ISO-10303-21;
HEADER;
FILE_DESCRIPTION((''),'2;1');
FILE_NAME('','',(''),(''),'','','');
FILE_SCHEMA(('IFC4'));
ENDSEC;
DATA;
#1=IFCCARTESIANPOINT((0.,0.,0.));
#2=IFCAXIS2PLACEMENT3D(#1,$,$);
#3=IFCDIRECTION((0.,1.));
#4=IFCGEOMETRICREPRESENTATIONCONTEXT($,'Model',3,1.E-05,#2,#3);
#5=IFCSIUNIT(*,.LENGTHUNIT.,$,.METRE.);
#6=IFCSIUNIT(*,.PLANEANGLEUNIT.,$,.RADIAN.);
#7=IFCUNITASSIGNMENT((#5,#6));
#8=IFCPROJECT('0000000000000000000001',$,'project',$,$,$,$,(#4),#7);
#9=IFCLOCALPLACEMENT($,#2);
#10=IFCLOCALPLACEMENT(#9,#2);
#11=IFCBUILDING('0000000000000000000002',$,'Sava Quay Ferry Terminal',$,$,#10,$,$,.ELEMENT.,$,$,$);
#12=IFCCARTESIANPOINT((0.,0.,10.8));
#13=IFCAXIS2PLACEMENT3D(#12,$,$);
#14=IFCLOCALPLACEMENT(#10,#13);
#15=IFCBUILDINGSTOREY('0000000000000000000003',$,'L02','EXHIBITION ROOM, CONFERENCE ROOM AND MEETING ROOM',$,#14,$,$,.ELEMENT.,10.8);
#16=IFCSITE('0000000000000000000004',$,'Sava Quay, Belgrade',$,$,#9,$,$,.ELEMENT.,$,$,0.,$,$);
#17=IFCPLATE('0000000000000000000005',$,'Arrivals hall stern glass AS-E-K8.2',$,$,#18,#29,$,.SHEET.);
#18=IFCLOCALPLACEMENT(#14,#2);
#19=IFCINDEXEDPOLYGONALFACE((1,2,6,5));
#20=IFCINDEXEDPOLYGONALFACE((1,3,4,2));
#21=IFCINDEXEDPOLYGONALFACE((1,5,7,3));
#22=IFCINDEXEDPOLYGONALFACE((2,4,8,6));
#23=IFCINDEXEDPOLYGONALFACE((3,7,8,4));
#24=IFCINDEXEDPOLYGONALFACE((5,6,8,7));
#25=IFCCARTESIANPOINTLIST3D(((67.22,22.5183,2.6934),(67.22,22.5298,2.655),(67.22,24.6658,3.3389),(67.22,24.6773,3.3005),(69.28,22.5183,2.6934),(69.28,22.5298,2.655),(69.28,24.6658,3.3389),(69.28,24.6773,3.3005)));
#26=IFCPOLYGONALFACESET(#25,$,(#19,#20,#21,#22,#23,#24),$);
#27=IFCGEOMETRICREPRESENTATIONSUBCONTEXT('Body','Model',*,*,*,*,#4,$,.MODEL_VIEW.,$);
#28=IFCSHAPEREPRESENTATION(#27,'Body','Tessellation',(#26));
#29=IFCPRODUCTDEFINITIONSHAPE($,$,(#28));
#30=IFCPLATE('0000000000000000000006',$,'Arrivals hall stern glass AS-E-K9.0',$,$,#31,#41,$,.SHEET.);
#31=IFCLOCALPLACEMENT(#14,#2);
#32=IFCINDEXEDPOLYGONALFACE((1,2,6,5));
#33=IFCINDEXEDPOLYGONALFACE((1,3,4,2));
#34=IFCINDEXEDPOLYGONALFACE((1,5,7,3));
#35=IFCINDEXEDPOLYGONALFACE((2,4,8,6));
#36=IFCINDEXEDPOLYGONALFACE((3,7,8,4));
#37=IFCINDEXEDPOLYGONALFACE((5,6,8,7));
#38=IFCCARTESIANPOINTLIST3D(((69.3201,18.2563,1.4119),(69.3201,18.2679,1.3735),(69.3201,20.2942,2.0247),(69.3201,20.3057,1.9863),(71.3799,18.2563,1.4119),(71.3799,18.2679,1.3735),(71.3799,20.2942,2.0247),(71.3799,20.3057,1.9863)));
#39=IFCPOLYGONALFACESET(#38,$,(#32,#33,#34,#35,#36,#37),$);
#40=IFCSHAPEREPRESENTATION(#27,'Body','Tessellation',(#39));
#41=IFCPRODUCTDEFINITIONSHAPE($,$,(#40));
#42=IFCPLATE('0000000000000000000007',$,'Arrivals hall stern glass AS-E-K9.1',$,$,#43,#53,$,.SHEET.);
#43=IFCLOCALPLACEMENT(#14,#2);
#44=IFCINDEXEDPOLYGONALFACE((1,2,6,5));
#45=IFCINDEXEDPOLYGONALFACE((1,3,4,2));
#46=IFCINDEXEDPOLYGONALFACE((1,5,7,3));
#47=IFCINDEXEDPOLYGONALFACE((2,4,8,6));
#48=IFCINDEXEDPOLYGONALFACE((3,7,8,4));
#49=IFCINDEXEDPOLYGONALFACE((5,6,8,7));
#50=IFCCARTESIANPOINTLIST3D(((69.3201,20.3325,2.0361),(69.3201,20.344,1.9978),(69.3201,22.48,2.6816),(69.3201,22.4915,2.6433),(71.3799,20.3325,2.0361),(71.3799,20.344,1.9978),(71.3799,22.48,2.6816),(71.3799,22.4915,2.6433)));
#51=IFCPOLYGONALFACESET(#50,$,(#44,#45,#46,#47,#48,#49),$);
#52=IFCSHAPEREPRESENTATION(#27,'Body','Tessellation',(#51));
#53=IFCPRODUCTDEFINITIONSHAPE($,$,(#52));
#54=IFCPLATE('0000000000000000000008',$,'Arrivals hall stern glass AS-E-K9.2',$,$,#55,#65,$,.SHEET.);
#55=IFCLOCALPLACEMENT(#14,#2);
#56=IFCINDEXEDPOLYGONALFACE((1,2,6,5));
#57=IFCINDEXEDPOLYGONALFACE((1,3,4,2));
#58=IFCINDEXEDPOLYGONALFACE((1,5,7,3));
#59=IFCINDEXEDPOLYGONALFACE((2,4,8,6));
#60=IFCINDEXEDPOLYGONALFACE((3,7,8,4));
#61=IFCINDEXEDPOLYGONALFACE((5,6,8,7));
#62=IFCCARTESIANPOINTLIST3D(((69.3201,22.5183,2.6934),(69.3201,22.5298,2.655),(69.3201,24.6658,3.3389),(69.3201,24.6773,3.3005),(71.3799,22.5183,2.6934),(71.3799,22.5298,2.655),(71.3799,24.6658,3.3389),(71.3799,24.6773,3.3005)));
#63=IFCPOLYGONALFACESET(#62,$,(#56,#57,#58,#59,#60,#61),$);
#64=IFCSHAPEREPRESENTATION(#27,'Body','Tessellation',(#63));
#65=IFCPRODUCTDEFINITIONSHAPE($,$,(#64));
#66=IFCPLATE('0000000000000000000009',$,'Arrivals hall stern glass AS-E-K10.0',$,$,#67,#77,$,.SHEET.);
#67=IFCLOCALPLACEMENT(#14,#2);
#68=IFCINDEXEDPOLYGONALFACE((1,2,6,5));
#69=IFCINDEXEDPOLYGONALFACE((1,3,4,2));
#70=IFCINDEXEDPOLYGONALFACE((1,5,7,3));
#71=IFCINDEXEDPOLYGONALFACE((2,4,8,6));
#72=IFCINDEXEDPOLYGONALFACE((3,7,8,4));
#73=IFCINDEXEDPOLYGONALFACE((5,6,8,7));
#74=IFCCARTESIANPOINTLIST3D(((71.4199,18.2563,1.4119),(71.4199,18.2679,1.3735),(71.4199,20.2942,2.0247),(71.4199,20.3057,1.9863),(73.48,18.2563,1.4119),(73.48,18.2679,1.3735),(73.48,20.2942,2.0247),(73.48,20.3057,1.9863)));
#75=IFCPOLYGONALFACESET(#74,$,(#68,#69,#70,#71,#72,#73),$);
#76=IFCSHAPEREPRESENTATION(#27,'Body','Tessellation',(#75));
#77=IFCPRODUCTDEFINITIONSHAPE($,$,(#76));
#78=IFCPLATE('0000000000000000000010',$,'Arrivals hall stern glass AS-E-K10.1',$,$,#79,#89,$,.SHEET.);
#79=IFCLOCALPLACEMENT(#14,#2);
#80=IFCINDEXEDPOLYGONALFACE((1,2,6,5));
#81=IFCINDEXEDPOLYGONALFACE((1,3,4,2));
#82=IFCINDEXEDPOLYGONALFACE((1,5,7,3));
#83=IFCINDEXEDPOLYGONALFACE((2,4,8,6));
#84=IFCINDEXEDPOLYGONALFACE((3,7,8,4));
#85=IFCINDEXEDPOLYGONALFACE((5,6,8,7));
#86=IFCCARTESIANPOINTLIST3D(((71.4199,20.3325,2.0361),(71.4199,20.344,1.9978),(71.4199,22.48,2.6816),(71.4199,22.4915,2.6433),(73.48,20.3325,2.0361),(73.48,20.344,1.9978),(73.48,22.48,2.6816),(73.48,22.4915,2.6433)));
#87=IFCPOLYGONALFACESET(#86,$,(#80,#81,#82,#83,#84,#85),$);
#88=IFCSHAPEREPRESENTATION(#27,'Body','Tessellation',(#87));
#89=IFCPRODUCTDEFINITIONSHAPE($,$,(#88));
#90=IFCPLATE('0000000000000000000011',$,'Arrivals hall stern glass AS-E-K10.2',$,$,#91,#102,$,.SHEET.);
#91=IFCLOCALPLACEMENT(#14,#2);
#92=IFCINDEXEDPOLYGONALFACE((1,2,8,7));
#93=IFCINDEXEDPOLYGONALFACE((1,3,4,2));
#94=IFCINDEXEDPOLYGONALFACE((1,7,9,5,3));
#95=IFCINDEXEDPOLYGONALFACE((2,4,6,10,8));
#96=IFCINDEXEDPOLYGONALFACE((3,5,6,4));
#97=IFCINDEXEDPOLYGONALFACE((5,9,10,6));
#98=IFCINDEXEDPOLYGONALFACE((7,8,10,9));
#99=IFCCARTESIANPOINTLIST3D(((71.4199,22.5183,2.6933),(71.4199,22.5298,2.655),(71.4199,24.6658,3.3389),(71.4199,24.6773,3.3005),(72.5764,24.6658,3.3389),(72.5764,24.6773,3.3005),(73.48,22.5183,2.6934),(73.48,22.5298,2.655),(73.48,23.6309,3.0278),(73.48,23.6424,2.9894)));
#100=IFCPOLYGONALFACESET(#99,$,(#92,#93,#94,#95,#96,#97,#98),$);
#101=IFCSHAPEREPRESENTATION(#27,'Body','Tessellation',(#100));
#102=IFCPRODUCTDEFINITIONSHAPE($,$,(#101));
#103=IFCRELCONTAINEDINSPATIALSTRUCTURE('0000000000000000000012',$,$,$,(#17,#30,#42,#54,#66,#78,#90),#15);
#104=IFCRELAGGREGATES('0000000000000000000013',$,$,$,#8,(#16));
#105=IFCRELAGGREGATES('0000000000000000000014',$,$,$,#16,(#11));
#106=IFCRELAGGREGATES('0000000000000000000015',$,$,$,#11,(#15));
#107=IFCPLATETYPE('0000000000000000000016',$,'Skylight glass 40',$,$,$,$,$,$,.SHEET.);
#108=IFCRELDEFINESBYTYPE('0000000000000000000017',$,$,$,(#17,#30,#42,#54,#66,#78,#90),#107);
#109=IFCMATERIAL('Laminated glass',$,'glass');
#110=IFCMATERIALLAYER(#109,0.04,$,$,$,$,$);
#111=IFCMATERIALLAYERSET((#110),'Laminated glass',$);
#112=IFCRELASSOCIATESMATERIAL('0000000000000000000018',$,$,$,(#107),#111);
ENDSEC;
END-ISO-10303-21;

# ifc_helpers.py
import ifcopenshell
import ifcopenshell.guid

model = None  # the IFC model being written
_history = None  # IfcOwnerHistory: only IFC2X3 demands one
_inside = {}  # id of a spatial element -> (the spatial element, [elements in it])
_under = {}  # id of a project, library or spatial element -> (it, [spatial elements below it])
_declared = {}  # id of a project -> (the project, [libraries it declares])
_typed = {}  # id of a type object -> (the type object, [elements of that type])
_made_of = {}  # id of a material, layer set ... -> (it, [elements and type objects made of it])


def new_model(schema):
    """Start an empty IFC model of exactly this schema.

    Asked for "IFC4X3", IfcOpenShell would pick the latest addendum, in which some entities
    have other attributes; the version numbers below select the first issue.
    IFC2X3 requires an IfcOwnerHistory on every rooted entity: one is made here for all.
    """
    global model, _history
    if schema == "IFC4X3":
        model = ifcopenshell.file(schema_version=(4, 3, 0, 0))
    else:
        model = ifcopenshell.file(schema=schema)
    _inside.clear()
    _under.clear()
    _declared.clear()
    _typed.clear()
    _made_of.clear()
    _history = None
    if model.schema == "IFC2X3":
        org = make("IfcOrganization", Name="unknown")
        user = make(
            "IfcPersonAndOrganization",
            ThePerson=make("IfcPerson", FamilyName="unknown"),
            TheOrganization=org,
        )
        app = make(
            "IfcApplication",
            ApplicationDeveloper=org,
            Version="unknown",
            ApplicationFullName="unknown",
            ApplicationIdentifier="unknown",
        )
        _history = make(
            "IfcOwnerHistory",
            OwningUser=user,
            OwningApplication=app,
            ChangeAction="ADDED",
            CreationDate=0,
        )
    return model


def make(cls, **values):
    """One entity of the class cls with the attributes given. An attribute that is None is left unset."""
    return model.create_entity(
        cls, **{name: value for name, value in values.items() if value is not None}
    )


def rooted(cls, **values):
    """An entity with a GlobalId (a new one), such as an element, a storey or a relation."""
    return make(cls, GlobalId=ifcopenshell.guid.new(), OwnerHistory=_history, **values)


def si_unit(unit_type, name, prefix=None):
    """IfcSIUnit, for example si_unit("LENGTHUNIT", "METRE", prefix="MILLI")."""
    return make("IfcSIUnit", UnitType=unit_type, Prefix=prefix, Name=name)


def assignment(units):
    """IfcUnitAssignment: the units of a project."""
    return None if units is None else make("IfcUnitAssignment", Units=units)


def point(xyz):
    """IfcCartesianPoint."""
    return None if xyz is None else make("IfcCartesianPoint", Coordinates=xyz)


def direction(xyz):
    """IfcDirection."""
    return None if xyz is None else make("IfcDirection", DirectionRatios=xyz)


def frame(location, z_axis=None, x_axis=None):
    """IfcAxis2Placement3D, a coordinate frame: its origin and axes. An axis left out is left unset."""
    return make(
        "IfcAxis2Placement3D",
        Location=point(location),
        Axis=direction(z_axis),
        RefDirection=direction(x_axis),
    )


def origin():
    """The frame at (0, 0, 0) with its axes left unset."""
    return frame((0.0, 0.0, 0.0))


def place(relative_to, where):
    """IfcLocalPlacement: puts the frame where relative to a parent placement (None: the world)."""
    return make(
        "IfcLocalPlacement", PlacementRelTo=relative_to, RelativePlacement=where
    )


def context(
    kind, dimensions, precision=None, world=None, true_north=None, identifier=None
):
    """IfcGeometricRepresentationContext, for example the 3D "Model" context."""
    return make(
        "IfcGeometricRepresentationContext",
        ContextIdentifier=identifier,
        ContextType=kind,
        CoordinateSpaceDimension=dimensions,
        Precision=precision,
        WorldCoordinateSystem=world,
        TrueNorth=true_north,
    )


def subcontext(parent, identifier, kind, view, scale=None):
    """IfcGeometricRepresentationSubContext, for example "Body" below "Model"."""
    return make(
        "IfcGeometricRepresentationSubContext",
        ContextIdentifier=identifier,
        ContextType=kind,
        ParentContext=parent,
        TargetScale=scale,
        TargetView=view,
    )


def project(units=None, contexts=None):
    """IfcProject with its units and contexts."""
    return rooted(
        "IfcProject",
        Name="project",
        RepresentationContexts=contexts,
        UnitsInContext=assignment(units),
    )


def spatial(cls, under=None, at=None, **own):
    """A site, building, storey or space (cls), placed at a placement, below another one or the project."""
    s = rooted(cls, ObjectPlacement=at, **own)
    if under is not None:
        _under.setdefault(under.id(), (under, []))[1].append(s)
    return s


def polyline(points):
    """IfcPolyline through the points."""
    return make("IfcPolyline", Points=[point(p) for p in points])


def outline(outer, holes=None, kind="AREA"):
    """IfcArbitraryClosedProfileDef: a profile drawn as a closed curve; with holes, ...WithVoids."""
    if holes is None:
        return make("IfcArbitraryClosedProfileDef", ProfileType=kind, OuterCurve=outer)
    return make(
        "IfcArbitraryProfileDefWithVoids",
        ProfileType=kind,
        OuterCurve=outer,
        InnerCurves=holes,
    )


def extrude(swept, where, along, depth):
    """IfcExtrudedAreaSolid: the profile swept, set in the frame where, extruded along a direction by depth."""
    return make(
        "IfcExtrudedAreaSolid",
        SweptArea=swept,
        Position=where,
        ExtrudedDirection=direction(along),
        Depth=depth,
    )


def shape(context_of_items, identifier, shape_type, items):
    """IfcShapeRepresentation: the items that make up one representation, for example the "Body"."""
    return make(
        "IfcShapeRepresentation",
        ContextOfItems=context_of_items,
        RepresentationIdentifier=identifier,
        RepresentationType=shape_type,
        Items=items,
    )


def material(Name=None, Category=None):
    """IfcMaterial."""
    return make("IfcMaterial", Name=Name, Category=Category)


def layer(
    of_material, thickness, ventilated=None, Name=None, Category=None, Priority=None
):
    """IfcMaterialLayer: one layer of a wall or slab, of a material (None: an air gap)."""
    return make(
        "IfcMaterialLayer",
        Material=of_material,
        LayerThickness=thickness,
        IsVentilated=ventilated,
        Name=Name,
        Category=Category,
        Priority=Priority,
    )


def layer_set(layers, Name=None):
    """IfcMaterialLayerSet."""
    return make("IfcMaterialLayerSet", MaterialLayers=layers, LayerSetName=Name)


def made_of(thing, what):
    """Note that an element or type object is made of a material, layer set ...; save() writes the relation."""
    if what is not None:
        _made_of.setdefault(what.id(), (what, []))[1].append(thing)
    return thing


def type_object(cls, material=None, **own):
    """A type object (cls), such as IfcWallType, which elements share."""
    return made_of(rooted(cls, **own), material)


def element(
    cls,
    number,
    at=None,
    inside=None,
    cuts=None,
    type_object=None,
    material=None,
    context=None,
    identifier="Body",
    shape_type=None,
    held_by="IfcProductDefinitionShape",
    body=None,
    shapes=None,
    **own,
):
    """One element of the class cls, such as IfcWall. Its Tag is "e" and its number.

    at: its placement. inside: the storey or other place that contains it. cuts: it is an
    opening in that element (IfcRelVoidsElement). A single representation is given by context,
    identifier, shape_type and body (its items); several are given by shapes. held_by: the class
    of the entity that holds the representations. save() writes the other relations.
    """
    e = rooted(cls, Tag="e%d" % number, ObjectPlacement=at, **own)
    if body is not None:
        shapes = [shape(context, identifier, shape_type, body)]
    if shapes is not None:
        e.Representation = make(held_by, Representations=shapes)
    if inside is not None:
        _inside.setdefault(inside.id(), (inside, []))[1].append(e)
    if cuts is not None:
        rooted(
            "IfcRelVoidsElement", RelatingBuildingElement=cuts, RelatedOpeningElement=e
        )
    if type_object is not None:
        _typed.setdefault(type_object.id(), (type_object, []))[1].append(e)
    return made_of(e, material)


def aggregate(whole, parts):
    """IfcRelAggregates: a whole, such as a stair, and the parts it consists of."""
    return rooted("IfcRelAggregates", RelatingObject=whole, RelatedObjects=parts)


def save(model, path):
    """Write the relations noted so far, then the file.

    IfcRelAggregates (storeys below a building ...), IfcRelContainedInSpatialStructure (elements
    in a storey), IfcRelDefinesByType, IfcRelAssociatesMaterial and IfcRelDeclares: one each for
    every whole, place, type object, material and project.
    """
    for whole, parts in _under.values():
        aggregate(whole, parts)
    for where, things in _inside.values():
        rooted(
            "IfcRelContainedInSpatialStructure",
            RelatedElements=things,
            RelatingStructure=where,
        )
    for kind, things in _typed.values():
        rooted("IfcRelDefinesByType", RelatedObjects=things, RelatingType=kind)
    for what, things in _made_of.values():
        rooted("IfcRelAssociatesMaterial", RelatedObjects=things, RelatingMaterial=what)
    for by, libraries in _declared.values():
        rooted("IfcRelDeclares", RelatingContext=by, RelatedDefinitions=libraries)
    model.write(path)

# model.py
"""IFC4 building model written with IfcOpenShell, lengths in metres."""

from ifc_helpers import new_model, si_unit, direction, frame, origin, place, context, subcontext, project, spatial, polyline, outline, extrude, material, layer, layer_set, type_object, element, save


model = new_model("IFC4")

# Units and contexts
model_context = context("Model", 3, precision=1e-05, world=origin(), true_north=direction((0.0, 1.0)))
body_context = subcontext(model_context, "Body", "Model", "MODEL_VIEW")
ifc_project = project(units=[si_unit("LENGTHUNIT", "METRE"), si_unit("PLANEANGLEUNIT", "RADIAN")], contexts=[model_context])

# Site, building, storey
site_placement = place(None, origin())
site = spatial("IfcSite", under=ifc_project, at=site_placement, Name="Sava Quay, Belgrade", CompositionType="ELEMENT", RefElevation=0.0)
building_placement = place(site_placement, origin())
building = spatial("IfcBuilding", under=site, at=building_placement, Name="Sava Quay Ferry Terminal", CompositionType="ELEMENT")
storey_placement = place(building_placement, frame((0.0, 0.0, 10.8)))
storey = spatial("IfcBuildingStorey", under=building, at=storey_placement, Name="L02", Description="EXHIBITION ROOM, CONFERENCE ROOM AND MEETING ROOM", CompositionType="ELEMENT", Elevation=10.8)

# Plates
ifc_material_1 = material(Name="Laminated glass", Category="glass")
ifc_layer = layer(ifc_material_1, 0.04)
ifc_layer_set = layer_set([ifc_layer], Name="Laminated glass")
plate_type = type_object("IfcPlateType", Name="Skylight glass 40", PredefinedType="SHEET", material=ifc_layer_set)
for number, where, z_axis, x_axis, name in (
    (1, (67.22, 22.5183, 2.6934), (0.0, -0.287867, 0.95767), (0.0, 0.95767, 0.287867), "Arrivals hall stern glass AS-E-K8.2"),
):
    element("IfcPlate", number, at=place(storey_placement, frame(where, z_axis=z_axis, x_axis=x_axis)), inside=storey, type_object=plate_type, Name=name, PredefinedType="SHEET", context=body_context, shape_type="SweptSolid", body=[
        extrude(outline(polyline([(0.0, 0.0), (2.2424, 0.0), (2.2424, -2.0601), (0.0, -2.0601), (0.0, 0.0)])), origin(), (0.0, 0.0, -1.0), 0.04),
    ])
plate_1_placement = place(storey_placement, frame((69.3201, 20.2942, 2.0247), z_axis=(0.0, -0.287969, 0.95764), x_axis=(1.0, 0.0, 0.0)))
element("IfcPlate", 2, at=plate_1_placement, inside=storey, type_object=plate_type, Name="Arrivals hall stern glass AS-E-K9.0", PredefinedType="SHEET", context=body_context, shape_type="SweptSolid", body=[
    extrude(outline(polyline([(0.0, 0.0), (2.0598, 0.0), (2.0598, -2.128), (0.0, -2.128), (0.0, 0.0)])), origin(), (0.0, 0.0, -1.0), 0.04),
])
for number, where, z_axis, x_axis, name in (
    (3, (69.3201, 20.3325, 2.0361), (0.0, -0.287867, 0.95767), (0.0, 0.95767, 0.287867), "Arrivals hall stern glass AS-E-K9.1"),
    (4, (69.3201, 22.5183, 2.6934), (0.0, -0.287867, 0.95767), (0.0, 0.95767, 0.287867), "Arrivals hall stern glass AS-E-K9.2"),
):
    element("IfcPlate", number, at=place(storey_placement, frame(where, z_axis=z_axis, x_axis=x_axis)), inside=storey, type_object=plate_type, Name=name, PredefinedType="SHEET", context=body_context, shape_type="SweptSolid", body=[
        extrude(outline(polyline([(0.0, 0.0), (2.2424, 0.0), (2.2424, -2.0598), (0.0, -2.0598), (0.0, 0.0)])), origin(), (0.0, 0.0, -1.0), 0.04),
    ])
plate_2_placement = place(storey_placement, frame((71.4199, 20.2942, 2.0247), z_axis=(0.0, -0.287969, 0.95764), x_axis=(1.0, 0.0, 0.0)))
element("IfcPlate", 5, at=plate_2_placement, inside=storey, type_object=plate_type, Name="Arrivals hall stern glass AS-E-K10.0", PredefinedType="SHEET", context=body_context, shape_type="SweptSolid", body=[
    extrude(outline(polyline([(0.0, 0.0), (2.0601, 0.0), (2.0601, -2.128), (0.0, -2.128), (0.0, 0.0)])), origin(), (0.0, 0.0, -1.0), 0.04),
])
plate_3_placement = place(storey_placement, frame((71.4199, 20.3325, 2.0361), z_axis=(0.0, -0.287867, 0.95767), x_axis=(0.0, 0.95767, 0.287867)))
element("IfcPlate", 6, at=plate_3_placement, inside=storey, type_object=plate_type, Name="Arrivals hall stern glass AS-E-K10.1", PredefinedType="SHEET", context=body_context, shape_type="SweptSolid", body=[
    extrude(outline(polyline([(0.0, 0.0), (2.2424, 0.0), (2.2424, -2.0601), (0.0, -2.0601), (0.0, 0.0)])), origin(), (0.0, 0.0, -1.0), 0.04),
])
plate_4_placement = place(storey_placement, frame((73.48, 22.5183, 2.6934), z_axis=(-0.000013, -0.287872, 0.957669), x_axis=(-1.0, 0.000004, -0.000013)))
element("IfcPlate", 7, at=plate_4_placement, inside=storey, type_object=plate_type, Name="Arrivals hall stern glass AS-E-K10.2", PredefinedType="SHEET", context=body_context, shape_type="SweptSolid", body=[
    extrude(outline(polyline([(0.0, 0.0), (2.0601, 0.0), (2.0601, -2.2424), (0.9036, -2.2424), (0.0, -1.1617), (0.0, 0.0)])), origin(), (0.0, 0.0, -1.0), 0.04),
])

save(model, "model.ifc")
